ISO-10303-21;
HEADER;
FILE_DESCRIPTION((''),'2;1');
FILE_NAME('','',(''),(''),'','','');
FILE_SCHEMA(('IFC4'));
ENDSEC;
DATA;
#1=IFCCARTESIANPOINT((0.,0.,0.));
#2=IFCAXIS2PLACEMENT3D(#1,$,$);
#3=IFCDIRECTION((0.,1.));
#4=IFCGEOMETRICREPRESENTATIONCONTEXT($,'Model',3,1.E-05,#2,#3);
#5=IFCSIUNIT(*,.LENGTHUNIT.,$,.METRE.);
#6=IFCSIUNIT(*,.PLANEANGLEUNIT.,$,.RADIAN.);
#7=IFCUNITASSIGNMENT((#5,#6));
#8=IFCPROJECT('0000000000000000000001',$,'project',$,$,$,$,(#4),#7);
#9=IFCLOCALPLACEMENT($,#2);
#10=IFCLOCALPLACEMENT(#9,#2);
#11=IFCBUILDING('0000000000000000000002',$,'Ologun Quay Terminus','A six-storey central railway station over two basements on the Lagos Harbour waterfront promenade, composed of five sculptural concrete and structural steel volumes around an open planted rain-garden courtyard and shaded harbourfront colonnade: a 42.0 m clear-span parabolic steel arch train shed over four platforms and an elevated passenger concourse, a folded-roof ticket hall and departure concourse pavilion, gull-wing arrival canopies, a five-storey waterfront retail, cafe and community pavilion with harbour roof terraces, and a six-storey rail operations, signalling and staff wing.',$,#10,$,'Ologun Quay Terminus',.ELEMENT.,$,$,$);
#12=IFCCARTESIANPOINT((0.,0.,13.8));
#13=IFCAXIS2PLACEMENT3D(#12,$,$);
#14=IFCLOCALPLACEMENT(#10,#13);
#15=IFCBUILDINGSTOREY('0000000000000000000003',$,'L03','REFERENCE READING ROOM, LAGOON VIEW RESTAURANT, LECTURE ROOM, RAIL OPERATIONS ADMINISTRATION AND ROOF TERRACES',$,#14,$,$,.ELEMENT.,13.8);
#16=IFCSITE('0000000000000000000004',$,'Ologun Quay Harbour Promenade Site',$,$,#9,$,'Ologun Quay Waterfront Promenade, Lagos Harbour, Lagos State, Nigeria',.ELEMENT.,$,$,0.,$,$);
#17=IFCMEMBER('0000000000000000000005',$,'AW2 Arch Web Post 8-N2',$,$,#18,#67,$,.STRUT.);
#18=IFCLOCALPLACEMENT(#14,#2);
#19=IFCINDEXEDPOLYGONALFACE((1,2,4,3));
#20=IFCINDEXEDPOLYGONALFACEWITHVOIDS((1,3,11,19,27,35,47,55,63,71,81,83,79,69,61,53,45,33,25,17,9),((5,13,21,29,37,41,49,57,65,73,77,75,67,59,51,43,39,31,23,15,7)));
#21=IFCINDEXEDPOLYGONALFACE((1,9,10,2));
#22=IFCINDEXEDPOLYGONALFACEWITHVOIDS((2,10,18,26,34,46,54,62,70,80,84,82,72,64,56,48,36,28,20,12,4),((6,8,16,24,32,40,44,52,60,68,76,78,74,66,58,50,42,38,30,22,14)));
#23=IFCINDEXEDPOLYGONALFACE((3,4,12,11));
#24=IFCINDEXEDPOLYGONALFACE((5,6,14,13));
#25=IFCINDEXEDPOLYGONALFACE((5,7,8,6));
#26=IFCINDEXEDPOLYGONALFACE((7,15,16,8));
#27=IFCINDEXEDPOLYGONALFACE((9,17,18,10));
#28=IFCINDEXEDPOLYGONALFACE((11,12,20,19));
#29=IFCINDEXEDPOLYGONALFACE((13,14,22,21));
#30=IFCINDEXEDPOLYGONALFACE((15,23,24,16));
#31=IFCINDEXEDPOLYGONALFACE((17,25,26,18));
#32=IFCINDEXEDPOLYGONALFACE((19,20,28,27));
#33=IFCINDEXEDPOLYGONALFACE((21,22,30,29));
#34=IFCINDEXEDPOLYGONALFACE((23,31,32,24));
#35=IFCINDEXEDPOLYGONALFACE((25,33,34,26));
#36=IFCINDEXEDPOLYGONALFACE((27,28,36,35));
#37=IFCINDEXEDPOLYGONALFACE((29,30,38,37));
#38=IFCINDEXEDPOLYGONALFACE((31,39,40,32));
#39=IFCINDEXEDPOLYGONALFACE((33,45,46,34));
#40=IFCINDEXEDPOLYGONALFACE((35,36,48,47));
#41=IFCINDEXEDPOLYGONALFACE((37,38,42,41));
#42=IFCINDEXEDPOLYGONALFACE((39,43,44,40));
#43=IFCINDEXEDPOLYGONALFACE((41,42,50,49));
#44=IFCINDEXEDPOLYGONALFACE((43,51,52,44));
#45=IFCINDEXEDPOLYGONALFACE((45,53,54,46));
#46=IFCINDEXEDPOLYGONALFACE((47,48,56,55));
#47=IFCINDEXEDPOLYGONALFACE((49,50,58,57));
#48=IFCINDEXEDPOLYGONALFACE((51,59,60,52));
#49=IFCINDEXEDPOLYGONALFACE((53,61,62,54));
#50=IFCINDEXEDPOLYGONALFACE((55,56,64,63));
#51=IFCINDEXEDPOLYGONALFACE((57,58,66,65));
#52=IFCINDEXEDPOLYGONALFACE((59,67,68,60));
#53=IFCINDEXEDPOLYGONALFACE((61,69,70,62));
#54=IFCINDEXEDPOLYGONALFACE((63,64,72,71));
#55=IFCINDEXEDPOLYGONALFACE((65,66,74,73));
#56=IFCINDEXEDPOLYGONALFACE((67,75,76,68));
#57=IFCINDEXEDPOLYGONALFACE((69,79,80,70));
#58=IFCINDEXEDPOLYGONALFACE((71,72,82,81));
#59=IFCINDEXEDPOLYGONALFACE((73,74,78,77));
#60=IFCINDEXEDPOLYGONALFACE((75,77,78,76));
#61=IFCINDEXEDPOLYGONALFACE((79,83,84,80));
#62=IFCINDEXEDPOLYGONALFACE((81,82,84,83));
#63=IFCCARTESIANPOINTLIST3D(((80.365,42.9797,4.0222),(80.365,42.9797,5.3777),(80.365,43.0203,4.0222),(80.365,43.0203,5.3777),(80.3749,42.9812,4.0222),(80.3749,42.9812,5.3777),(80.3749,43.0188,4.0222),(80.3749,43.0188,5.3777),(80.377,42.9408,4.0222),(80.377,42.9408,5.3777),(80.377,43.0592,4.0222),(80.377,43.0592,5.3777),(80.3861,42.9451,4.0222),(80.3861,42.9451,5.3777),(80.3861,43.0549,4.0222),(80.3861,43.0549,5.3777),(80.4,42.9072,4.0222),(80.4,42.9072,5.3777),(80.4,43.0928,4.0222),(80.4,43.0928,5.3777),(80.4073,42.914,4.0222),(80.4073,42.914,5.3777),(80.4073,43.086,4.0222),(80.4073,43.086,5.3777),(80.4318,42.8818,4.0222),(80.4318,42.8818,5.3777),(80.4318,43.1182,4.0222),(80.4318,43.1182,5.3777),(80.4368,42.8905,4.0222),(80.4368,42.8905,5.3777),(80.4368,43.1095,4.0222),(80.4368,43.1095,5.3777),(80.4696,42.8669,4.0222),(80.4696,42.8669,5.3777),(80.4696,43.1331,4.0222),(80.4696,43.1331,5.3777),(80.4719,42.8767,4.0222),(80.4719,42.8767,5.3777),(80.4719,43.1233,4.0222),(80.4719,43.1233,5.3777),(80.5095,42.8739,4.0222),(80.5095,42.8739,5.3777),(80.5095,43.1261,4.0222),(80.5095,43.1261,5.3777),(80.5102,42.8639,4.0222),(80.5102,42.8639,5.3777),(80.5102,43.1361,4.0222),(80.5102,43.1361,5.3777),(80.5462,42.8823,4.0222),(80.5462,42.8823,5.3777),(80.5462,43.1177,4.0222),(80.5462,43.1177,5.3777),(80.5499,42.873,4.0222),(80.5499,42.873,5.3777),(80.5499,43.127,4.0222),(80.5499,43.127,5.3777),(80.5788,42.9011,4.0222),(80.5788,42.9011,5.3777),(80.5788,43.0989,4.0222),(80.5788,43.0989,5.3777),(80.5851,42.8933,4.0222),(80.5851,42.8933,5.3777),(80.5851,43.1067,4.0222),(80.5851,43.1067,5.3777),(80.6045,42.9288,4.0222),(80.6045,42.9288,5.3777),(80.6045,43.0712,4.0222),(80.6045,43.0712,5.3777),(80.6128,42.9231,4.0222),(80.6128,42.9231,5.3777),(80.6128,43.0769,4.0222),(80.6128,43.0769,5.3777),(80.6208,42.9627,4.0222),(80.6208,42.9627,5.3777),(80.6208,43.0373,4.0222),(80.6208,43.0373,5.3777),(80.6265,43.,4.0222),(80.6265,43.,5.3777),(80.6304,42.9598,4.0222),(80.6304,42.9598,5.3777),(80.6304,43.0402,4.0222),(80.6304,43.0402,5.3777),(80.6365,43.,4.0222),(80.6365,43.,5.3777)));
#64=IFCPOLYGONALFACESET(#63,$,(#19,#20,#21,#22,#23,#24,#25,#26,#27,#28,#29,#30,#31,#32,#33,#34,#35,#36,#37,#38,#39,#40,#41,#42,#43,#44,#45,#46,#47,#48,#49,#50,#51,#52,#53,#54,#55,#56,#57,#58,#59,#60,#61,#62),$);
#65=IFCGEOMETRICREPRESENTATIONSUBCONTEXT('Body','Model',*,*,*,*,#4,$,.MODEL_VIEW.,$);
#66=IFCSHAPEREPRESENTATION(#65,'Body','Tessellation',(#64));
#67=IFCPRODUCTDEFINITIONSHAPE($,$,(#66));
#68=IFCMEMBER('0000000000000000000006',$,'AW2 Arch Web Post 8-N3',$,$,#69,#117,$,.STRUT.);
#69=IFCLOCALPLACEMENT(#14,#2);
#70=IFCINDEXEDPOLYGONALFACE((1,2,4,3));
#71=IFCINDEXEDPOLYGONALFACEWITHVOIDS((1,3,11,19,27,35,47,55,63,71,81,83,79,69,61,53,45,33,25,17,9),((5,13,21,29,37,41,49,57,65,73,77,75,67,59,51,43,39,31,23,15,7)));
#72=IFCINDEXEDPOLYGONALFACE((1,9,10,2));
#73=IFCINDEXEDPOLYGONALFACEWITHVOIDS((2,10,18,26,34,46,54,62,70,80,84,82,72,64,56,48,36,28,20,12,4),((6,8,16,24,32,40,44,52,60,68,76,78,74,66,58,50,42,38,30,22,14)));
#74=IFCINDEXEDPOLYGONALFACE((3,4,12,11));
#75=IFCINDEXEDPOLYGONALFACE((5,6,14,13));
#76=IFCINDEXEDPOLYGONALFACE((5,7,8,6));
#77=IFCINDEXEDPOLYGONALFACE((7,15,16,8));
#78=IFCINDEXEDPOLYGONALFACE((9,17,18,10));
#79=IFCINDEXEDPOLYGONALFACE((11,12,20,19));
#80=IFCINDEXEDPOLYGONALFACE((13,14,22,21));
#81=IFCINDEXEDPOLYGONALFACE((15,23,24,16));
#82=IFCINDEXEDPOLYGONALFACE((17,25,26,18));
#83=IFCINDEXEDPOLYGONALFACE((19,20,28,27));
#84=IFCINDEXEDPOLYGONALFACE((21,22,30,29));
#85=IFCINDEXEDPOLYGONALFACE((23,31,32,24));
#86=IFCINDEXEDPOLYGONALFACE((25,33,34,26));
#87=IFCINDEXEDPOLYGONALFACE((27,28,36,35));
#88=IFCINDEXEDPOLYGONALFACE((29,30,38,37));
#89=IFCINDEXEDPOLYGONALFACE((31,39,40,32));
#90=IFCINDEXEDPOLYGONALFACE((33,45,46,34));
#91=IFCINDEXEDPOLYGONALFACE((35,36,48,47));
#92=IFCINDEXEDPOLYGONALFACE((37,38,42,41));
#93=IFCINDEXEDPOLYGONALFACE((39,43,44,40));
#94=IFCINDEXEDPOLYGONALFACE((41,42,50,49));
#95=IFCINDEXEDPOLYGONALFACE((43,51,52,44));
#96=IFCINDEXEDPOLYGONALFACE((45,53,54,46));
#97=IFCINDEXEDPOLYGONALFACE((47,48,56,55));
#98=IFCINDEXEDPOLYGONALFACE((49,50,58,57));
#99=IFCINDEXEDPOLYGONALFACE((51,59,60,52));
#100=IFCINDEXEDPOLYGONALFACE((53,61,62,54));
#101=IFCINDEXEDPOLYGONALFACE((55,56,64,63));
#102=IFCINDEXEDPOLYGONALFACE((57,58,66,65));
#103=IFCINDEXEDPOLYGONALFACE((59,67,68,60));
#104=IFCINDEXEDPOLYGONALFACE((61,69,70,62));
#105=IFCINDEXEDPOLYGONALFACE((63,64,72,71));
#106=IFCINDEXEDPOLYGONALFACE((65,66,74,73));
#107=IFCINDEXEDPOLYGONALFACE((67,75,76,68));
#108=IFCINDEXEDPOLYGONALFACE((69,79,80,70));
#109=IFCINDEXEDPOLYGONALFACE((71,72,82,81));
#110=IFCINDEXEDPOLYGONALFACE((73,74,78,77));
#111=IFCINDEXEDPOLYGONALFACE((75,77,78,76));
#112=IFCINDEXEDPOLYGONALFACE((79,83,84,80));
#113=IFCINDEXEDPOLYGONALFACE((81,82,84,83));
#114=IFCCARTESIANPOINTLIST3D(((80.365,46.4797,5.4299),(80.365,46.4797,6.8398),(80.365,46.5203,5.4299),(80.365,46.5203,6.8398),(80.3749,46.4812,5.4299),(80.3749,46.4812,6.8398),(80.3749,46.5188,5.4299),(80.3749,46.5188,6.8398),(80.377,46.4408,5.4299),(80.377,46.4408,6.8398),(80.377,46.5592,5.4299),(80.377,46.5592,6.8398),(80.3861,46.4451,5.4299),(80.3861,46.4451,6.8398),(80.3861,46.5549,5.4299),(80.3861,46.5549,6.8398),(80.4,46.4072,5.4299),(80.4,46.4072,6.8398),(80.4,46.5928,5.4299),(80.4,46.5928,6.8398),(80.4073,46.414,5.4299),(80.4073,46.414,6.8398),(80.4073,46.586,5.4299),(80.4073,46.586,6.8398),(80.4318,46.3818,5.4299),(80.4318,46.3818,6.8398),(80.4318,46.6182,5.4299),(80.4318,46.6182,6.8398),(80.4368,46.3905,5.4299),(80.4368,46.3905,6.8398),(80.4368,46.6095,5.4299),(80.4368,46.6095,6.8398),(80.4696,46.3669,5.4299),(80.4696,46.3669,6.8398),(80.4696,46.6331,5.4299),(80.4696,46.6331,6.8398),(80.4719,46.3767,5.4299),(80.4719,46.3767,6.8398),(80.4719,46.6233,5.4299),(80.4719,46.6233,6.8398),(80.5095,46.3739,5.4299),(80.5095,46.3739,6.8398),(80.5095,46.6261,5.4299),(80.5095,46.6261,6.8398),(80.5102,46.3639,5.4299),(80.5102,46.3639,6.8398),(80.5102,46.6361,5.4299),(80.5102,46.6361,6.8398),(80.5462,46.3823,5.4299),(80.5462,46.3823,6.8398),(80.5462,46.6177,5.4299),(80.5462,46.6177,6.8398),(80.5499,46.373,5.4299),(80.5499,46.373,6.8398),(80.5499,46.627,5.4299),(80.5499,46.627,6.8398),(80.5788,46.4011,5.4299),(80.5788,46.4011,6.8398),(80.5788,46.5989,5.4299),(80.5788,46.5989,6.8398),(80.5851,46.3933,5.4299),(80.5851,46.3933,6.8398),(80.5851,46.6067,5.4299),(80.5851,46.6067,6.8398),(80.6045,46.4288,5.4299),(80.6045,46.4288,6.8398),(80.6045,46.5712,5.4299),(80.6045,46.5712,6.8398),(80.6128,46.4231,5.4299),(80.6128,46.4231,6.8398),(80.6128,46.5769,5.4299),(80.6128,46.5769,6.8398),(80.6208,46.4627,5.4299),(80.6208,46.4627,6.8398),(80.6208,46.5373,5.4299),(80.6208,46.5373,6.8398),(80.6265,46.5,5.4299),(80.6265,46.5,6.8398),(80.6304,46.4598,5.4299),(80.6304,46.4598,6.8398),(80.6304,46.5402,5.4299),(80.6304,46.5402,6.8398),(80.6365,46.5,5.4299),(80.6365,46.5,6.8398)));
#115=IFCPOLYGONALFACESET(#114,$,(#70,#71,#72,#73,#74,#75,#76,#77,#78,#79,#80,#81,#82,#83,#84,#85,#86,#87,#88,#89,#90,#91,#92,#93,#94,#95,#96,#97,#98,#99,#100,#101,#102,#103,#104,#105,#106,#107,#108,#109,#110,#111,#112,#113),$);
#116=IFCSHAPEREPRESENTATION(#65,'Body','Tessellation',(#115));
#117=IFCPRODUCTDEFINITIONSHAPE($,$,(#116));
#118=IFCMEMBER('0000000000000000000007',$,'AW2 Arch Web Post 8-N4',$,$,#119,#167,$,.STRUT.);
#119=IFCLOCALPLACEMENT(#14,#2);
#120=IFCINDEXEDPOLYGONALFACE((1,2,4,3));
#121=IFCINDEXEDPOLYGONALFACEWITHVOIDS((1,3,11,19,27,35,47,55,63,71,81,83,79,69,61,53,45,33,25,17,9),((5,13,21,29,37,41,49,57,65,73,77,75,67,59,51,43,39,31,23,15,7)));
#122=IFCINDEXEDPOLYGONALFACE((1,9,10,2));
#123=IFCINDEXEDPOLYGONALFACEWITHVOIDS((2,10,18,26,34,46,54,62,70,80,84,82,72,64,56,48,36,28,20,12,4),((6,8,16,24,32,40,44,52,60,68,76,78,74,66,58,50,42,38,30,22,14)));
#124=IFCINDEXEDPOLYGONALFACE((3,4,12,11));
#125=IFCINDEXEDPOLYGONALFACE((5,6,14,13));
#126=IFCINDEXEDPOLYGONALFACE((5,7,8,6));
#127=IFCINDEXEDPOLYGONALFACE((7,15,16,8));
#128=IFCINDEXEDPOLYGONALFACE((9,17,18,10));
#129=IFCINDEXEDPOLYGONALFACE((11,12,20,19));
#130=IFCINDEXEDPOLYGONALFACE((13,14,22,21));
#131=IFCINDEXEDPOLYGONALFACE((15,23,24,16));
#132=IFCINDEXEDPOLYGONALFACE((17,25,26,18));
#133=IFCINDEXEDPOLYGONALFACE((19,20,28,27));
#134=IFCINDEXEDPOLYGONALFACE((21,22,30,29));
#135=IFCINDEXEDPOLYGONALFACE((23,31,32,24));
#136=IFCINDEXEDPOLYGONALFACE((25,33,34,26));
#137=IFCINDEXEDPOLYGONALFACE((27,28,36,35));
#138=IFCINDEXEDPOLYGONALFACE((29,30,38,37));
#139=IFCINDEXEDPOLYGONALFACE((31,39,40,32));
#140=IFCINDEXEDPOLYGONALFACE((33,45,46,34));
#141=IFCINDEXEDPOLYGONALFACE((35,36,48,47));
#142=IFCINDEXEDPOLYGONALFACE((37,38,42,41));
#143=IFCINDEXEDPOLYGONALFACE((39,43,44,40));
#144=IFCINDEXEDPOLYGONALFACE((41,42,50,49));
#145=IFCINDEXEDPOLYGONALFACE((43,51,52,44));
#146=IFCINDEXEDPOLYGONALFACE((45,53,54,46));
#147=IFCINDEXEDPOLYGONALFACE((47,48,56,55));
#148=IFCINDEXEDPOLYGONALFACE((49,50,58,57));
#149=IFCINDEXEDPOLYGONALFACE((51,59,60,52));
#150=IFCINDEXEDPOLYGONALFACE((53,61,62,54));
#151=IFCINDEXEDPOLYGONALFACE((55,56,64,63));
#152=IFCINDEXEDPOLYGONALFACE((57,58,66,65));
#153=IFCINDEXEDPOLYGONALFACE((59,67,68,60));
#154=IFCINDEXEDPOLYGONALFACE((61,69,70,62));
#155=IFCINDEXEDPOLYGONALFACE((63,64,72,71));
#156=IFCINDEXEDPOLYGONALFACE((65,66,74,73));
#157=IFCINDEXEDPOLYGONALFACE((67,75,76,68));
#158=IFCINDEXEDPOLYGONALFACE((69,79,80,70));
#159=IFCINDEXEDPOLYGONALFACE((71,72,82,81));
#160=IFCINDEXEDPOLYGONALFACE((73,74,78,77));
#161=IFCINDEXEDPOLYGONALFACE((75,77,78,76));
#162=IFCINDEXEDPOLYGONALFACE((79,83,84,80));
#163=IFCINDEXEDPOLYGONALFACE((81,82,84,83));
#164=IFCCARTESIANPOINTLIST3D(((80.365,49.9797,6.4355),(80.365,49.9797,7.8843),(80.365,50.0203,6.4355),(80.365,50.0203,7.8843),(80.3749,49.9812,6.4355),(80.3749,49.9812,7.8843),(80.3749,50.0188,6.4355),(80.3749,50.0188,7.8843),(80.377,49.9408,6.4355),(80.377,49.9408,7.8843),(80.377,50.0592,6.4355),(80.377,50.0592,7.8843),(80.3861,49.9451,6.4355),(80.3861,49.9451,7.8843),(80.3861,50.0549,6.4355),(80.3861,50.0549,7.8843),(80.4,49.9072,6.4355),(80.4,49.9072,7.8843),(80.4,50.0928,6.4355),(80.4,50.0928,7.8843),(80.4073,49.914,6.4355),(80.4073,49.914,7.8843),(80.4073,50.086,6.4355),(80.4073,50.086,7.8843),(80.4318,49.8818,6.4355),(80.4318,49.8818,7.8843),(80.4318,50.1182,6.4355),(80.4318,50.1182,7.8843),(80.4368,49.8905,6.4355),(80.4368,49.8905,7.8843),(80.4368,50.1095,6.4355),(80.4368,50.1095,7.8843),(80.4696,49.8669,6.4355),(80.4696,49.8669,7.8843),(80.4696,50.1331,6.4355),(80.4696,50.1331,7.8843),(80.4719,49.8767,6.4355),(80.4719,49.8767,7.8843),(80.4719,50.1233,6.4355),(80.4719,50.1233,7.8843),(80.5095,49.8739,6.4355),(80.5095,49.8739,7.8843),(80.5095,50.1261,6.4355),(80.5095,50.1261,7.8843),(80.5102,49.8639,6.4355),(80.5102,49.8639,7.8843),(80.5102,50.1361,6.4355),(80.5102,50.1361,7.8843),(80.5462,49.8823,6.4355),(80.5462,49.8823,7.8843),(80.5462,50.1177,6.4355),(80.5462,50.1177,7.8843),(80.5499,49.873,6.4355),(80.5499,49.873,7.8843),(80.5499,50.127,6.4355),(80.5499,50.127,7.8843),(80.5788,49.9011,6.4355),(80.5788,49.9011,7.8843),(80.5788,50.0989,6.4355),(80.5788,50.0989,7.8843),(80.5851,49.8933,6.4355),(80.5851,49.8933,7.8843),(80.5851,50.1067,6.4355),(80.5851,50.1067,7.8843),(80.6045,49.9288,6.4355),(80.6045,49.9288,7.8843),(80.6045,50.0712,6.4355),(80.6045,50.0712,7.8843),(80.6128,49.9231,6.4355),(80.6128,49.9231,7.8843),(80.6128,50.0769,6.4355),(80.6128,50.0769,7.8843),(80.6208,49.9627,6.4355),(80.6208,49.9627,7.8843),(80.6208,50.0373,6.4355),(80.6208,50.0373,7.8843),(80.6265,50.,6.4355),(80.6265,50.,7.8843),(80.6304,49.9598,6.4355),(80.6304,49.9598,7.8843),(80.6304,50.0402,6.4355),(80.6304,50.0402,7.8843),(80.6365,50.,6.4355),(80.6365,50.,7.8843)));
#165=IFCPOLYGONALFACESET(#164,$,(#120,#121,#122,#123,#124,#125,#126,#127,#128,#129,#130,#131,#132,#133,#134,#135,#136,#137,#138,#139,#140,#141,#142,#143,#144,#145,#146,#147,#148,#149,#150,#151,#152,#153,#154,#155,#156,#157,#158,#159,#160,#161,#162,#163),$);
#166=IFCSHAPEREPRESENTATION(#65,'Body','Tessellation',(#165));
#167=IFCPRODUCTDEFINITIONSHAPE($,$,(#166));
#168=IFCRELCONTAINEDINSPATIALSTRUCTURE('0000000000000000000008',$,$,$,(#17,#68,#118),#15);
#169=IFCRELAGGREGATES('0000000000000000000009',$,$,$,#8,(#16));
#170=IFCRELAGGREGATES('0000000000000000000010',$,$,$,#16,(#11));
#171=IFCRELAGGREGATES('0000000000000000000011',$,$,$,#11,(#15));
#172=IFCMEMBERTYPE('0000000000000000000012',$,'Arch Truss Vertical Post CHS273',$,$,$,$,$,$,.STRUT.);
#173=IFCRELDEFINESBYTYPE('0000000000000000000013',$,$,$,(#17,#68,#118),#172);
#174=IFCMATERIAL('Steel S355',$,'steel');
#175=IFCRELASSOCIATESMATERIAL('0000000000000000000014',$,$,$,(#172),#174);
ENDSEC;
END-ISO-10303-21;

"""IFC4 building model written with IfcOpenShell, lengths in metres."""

from ifc_helpers import new_model, si_unit, direction, frame, origin, origin_2d, place, context, subcontext, project, spatial, hollow_circle, extrude, material, material_profile, profile_set, type_object, element, save


model = new_model("IFC4")

# Units and contexts
model_context = context("Model", 3, precision=1e-05, world=origin(), true_north=direction((0.0, 1.0)))
body_context = subcontext(model_context, "Body", "Model", "MODEL_VIEW")
ifc_project = project(units=[si_unit("LENGTHUNIT", "METRE"), si_unit("PLANEANGLEUNIT", "RADIAN")], contexts=[model_context])

# Site, building, storey
site_placement = place(None, origin())
site = spatial("IfcSite", under=ifc_project, at=site_placement, Name="Ologun Quay Harbour Promenade Site", LongName="Ologun Quay Waterfront Promenade, Lagos Harbour, Lagos State, Nigeria", CompositionType="ELEMENT", RefElevation=0.0)
building_placement = place(site_placement, origin())
building = spatial("IfcBuilding", under=site, at=building_placement, Name="Ologun Quay Terminus", Description="A six-storey central railway station over two basements on the Lagos Harbour waterfront promenade, composed of five sculptural concrete and structural steel volumes around an open planted rain-garden courtyard and shaded harbourfront colonnade: a 42.0 m clear-span parabolic steel arch train shed over four platforms and an elevated passenger concourse, a folded-roof ticket hall and departure concourse pavilion, gull-wing arrival canopies, a five-storey waterfront retail, cafe and community pavilion with harbour roof terraces, and a six-storey rail operations, signalling and staff wing.", LongName="Ologun Quay Terminus", CompositionType="ELEMENT")
storey_placement = place(building_placement, frame((0.0, 0.0, 13.8)))
storey = spatial("IfcBuildingStorey", under=building, at=storey_placement, Name="L03", Description="REFERENCE READING ROOM, LAGOON VIEW RESTAURANT, LECTURE ROOM, RAIL OPERATIONS ADMINISTRATION AND ROOF TERRACES", CompositionType="ELEMENT", Elevation=13.8)

# Members
ifc_material_1 = material(Name="Steel S355", Category="steel")
ifc_material_profile_1 = material_profile(ifc_material_1, hollow_circle(Radius=0.1365, WallThickness=0.01, at=origin_2d()), Name="CHS 273x10")
ifc_profile_set_1 = profile_set([ifc_material_profile_1], Name="Steel S355")
member_type_1 = type_object("IfcMemberType", Name="Arch Truss Vertical Post CHS273", PredefinedType="STRUT", material=ifc_profile_set_1)
member_1_placement = place(storey_placement, frame((80.5, 43.0, 4.0222), z_axis=(0.0, 0.0, 1.0), x_axis=(1.0, 0.0, 0.0)))
element("IfcMember", 1, at=member_1_placement, inside=storey, type_object=member_type_1, Name="AW2 Arch Web Post 8-N2", PredefinedType="STRUT", context=body_context, shape_type="SweptSolid", body=[
    extrude(hollow_circle(Radius=0.1365, WallThickness=0.01, at=origin_2d()), origin(), (0.0, 0.0, 1.0), 1.3555),
])
member_2_placement = place(storey_placement, frame((80.5, 46.5, 5.4299), z_axis=(0.0, 0.0, 1.0), x_axis=(1.0, 0.0, 0.0)))
element("IfcMember", 2, at=member_2_placement, inside=storey, type_object=member_type_1, Name="AW2 Arch Web Post 8-N3", PredefinedType="STRUT", context=body_context, shape_type="SweptSolid", body=[
    extrude(hollow_circle(Radius=0.1365, WallThickness=0.01, at=origin_2d()), origin(), (0.0, 0.0, 1.0), 1.4099),
])
member_3_placement = place(storey_placement, frame((80.5, 50.0, 6.4355), z_axis=(0.0, 0.0, 1.0), x_axis=(1.0, 0.0, 0.0)))
element("IfcMember", 3, at=member_3_placement, inside=storey, type_object=member_type_1, Name="AW2 Arch Web Post 8-N4", PredefinedType="STRUT", context=body_context, shape_type="SweptSolid", body=[
    extrude(hollow_circle(Radius=0.1365, WallThickness=0.01, at=origin_2d()), origin(), (0.0, 0.0, 1.0), 1.4487),
])

save(model, "model.ifc")
